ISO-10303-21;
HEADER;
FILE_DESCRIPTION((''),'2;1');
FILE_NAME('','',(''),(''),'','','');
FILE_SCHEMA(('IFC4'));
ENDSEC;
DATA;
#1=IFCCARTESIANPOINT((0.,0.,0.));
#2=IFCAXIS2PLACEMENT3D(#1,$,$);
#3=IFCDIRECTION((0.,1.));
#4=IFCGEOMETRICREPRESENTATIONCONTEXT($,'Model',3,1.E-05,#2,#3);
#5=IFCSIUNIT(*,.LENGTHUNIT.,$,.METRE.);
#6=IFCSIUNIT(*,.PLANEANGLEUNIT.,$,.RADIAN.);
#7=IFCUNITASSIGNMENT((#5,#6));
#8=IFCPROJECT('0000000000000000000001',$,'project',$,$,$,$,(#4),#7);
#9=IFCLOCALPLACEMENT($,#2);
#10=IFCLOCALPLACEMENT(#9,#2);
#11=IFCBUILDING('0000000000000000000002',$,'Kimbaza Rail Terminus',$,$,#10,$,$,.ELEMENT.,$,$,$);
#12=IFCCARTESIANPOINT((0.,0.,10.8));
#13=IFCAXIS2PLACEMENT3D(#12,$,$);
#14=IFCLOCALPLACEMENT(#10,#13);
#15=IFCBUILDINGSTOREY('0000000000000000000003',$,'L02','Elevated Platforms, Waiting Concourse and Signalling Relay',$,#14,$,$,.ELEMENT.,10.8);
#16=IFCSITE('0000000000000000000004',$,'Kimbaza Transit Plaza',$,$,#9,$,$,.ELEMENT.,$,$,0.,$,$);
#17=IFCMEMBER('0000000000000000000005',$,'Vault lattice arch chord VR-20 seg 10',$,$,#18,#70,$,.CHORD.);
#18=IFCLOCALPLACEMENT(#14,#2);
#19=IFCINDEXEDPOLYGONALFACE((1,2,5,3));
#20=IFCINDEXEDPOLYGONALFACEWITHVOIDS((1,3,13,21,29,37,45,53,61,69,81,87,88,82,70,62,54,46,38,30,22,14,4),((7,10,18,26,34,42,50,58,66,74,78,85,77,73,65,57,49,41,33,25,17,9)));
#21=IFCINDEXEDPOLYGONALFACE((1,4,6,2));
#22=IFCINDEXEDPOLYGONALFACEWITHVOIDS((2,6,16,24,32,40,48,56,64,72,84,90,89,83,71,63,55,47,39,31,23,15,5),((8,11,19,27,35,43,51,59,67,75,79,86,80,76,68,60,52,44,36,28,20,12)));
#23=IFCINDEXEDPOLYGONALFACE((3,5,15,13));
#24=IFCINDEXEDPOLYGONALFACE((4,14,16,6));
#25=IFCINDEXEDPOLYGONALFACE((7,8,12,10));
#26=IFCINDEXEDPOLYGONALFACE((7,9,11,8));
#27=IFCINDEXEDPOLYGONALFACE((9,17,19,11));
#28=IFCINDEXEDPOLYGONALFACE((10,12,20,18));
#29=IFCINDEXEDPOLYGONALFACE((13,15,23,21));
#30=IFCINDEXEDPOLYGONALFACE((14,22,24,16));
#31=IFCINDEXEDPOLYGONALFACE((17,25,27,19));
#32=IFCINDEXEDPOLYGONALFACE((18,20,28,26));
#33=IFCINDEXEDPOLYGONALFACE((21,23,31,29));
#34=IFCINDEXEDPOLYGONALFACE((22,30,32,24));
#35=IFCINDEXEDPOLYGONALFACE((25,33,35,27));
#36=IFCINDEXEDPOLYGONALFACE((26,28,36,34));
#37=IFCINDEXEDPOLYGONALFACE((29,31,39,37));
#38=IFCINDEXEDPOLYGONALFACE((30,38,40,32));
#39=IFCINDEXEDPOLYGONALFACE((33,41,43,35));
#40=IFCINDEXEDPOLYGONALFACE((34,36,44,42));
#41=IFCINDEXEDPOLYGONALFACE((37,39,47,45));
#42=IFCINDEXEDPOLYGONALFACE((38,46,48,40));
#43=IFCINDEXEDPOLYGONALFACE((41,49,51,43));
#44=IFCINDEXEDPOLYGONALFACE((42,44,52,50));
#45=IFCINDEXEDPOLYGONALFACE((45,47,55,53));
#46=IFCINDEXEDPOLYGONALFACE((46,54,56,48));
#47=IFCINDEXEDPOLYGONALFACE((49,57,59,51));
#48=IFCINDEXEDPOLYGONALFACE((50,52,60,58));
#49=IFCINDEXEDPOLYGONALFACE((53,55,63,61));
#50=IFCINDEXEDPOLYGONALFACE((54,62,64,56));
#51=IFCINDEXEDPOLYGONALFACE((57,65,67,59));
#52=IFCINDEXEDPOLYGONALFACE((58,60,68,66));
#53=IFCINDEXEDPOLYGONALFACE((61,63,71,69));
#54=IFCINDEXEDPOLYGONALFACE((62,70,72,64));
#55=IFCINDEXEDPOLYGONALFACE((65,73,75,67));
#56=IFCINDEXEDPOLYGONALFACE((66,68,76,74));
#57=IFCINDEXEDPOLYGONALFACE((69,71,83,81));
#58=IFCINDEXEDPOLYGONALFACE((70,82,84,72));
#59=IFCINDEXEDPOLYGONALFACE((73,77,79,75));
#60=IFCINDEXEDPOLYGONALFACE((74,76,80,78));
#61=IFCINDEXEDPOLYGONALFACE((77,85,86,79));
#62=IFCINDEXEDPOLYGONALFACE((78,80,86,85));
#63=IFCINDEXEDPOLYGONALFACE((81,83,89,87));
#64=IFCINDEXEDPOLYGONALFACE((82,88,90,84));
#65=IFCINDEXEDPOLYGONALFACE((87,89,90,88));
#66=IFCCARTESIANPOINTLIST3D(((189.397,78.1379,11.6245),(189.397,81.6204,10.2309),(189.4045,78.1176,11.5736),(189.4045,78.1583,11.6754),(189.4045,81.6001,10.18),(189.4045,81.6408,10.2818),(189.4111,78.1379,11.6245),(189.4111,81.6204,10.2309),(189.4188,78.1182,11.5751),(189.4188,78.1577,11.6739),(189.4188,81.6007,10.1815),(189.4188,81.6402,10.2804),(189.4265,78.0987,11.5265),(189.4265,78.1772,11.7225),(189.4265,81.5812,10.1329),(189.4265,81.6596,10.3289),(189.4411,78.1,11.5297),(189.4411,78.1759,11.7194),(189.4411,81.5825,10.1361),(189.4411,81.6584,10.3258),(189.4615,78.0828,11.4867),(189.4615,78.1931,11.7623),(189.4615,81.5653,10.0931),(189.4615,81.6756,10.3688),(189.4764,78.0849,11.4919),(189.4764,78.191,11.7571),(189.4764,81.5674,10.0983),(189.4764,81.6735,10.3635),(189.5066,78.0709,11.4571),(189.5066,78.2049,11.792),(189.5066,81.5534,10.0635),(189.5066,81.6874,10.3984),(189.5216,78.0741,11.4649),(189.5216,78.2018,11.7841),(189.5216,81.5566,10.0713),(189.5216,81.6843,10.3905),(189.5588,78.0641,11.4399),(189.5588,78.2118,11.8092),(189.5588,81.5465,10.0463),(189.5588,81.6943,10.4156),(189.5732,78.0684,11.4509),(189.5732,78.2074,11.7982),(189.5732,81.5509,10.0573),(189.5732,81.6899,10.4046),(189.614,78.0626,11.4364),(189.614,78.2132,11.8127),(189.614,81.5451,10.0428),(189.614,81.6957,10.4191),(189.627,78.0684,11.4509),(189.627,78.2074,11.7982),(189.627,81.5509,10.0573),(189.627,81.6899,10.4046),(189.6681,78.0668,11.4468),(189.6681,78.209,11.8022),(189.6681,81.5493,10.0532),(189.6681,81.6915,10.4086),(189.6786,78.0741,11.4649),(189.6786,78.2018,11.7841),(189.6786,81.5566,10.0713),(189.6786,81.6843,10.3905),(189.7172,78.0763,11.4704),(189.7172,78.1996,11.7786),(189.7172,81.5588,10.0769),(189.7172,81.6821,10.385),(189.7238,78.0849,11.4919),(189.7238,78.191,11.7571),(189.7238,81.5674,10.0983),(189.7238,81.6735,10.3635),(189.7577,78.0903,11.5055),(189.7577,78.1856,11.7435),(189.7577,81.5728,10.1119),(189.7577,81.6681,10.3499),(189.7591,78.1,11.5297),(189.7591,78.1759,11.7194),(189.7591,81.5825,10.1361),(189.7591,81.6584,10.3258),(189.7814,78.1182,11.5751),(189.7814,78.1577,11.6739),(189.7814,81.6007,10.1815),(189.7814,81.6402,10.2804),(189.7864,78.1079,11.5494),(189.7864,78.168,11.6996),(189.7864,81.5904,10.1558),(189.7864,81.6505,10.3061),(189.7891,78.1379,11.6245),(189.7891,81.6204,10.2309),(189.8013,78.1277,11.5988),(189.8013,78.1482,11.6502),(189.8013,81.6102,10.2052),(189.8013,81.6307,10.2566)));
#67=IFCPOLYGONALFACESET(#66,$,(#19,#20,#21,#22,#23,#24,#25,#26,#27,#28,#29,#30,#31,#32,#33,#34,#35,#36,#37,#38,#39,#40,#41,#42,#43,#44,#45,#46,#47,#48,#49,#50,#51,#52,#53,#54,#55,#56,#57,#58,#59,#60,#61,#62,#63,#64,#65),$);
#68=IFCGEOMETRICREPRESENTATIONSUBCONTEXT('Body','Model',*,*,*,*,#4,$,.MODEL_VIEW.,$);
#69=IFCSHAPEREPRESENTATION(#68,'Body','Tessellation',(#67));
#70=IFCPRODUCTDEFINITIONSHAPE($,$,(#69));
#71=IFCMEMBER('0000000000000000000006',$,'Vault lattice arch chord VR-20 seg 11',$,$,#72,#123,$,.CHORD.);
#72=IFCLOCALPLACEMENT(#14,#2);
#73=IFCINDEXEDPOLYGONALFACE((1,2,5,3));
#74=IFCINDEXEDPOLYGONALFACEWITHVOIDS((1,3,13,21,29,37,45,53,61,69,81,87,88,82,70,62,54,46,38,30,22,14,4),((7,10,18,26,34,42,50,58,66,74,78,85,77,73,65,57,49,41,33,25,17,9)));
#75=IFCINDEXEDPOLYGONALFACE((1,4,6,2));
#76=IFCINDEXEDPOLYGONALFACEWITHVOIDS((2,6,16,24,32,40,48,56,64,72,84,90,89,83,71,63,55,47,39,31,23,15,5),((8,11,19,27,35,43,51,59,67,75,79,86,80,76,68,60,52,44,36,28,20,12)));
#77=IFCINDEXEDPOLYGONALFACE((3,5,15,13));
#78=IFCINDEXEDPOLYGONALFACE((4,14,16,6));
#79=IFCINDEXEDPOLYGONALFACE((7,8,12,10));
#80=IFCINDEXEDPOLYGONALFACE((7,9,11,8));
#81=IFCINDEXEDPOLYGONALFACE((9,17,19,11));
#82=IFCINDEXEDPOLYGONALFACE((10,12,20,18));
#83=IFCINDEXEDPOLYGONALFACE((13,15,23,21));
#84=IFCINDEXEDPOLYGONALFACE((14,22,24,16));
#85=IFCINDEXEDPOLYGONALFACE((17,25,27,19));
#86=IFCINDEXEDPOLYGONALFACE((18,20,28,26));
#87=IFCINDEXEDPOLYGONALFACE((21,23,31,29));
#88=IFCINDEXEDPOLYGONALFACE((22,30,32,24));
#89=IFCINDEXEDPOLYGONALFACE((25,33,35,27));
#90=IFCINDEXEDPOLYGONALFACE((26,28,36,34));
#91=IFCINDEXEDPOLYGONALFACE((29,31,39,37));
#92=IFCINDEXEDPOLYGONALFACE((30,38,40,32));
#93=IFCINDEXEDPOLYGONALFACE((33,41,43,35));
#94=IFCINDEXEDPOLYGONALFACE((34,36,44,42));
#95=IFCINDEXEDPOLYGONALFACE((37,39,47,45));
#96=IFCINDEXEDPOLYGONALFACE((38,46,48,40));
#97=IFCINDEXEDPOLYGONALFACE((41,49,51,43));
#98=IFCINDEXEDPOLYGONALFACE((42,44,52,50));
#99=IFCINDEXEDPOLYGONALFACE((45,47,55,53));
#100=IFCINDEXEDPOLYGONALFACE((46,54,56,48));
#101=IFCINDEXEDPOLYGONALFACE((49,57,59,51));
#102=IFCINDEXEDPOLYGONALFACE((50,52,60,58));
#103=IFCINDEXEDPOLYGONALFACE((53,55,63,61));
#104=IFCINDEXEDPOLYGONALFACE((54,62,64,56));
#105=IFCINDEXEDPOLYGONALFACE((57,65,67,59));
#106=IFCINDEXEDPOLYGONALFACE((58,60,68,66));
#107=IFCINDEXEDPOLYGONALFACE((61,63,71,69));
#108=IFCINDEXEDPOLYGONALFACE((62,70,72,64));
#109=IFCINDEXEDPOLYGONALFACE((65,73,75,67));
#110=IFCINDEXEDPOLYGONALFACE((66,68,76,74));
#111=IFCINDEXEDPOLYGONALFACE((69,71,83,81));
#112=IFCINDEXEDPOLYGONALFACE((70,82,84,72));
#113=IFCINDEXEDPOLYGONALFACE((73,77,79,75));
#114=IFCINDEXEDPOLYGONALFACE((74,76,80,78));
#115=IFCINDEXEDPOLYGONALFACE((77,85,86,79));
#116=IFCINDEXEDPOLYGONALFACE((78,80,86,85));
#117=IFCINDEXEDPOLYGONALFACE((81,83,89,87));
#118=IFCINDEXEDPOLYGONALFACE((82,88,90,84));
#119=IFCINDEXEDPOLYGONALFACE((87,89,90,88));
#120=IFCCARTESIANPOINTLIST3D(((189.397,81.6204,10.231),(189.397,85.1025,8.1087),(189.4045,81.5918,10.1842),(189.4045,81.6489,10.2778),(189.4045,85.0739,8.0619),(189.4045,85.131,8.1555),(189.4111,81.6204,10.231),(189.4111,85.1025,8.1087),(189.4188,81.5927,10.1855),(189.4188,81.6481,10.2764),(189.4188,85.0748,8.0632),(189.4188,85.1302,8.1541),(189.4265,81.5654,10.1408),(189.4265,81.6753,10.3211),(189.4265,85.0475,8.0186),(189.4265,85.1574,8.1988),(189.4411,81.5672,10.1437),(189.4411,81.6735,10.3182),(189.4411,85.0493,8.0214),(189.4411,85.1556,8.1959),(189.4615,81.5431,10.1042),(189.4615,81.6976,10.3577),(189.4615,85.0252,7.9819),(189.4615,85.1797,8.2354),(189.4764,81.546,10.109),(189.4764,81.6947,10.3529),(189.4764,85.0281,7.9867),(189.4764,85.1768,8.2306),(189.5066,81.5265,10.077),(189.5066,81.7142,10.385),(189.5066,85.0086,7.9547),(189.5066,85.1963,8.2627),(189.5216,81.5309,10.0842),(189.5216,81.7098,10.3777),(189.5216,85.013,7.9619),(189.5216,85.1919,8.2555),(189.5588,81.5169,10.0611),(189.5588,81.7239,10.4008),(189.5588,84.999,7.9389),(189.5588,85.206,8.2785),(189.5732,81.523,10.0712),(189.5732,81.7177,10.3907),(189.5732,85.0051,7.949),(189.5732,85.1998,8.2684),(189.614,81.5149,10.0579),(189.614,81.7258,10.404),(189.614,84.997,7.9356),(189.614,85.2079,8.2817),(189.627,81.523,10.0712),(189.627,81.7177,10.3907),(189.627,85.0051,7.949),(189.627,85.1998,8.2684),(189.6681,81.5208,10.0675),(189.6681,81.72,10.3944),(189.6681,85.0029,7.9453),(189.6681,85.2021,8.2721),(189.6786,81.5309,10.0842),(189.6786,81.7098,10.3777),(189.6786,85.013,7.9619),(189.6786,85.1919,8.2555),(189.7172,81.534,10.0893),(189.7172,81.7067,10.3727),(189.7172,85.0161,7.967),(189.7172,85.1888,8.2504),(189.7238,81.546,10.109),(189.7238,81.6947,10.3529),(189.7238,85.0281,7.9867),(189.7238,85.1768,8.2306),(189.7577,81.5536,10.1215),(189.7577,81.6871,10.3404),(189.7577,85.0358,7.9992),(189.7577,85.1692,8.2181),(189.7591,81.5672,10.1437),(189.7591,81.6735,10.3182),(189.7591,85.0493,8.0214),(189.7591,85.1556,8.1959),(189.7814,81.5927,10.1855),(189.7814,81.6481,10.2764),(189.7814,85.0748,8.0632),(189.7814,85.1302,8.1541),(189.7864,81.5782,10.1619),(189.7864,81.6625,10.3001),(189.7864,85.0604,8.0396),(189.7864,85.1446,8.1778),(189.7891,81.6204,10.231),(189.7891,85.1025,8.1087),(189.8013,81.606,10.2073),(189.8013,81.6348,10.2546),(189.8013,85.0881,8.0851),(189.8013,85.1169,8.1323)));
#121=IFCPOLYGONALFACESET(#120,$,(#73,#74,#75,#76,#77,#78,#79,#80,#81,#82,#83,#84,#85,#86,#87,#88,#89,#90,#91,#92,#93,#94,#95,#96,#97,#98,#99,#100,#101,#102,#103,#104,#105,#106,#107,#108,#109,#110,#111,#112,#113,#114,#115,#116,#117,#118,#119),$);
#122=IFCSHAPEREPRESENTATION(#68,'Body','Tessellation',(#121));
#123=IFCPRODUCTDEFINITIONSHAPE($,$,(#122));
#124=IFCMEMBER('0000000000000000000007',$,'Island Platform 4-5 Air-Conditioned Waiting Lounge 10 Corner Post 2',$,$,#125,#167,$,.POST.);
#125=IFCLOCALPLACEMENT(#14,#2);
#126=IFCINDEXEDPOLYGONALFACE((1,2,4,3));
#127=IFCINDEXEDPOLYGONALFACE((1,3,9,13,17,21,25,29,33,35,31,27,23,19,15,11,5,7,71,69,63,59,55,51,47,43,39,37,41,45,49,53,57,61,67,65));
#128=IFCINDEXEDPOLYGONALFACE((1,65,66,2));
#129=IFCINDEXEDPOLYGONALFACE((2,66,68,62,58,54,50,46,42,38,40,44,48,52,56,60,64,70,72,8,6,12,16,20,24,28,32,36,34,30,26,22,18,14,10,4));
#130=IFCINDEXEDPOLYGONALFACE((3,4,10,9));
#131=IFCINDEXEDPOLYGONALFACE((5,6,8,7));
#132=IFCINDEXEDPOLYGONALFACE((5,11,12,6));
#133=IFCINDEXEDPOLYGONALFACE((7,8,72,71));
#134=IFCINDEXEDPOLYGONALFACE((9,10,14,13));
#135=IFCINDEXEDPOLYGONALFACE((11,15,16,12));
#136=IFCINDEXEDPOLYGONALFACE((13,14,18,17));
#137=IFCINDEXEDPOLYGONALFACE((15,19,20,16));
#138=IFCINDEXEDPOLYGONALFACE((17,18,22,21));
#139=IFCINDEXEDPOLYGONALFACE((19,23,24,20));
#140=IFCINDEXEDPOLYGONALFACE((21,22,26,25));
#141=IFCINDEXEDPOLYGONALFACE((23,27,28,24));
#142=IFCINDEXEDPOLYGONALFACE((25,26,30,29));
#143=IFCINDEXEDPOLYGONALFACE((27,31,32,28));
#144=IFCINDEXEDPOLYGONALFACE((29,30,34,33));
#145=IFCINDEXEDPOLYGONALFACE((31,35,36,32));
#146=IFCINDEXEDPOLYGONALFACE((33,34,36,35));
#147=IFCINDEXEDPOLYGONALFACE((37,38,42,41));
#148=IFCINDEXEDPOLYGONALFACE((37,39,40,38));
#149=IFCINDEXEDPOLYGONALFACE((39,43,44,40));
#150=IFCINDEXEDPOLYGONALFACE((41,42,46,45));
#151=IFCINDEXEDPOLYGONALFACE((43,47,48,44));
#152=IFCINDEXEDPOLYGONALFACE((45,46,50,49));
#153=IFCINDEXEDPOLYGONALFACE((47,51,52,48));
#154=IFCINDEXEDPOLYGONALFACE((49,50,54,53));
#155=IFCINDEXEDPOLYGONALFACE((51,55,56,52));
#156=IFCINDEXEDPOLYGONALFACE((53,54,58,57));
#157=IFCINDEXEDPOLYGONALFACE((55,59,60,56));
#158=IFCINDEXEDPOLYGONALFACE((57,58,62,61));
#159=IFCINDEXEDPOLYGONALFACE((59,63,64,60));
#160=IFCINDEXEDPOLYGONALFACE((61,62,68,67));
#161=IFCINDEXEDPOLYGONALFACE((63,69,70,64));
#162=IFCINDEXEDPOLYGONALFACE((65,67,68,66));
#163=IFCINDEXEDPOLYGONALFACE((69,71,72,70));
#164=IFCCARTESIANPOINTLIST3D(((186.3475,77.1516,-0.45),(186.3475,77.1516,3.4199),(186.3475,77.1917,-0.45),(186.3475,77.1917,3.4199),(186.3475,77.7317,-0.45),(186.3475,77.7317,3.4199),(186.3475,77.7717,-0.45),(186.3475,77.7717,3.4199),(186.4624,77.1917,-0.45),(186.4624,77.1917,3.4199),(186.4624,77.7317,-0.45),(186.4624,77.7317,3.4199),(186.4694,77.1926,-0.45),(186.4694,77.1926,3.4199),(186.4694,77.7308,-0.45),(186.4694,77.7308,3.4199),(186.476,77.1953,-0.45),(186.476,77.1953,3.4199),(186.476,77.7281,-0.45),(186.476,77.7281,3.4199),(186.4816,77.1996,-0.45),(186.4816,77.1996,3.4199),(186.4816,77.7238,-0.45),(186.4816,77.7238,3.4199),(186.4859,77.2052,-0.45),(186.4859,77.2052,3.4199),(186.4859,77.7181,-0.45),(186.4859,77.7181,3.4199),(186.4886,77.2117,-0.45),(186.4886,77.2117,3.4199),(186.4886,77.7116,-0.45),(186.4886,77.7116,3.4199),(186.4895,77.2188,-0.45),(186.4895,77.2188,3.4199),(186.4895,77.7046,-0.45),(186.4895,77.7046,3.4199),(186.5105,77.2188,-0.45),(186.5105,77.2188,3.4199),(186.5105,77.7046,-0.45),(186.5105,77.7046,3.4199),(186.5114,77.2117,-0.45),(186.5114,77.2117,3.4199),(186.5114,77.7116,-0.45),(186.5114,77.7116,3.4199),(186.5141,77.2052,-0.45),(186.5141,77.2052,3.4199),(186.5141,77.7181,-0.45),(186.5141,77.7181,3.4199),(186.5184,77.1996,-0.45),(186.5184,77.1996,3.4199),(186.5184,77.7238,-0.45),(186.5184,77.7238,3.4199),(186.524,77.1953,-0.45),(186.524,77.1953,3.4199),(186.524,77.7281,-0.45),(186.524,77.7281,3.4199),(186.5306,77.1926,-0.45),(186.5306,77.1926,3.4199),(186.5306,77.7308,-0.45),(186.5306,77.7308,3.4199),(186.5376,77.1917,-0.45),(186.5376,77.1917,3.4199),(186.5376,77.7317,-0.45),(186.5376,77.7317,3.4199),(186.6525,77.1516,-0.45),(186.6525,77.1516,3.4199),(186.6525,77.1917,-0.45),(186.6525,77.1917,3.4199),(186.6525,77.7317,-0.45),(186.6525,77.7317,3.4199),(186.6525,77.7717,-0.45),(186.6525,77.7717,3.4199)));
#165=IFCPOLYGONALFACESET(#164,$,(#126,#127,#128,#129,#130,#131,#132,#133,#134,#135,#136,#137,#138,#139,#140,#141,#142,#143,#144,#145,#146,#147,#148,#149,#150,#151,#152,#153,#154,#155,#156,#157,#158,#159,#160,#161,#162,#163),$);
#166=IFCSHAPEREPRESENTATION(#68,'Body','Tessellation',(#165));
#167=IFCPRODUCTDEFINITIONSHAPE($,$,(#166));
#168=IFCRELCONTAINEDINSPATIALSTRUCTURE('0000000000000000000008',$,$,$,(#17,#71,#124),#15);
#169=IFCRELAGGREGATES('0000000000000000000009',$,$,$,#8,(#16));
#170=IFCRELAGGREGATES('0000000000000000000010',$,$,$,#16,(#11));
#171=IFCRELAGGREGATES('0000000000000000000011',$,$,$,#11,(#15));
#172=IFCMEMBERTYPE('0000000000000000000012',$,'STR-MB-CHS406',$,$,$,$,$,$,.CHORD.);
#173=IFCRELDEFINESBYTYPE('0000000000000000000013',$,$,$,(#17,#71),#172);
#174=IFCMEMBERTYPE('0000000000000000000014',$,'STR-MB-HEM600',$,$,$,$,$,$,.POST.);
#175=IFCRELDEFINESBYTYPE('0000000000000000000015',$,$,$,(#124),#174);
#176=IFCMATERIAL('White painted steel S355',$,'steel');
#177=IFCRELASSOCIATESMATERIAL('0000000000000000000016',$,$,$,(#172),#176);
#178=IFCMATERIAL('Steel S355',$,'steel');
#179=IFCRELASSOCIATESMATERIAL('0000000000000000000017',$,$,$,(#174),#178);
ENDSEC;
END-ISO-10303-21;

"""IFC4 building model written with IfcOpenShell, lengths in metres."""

from ifc_helpers import new_model, si_unit, direction, frame, origin, origin_2d, place, context, subcontext, project, spatial, hollow_circle, i_section, extrude, material, material_profile, profile_set, type_object, element, save


model = new_model("IFC4")

# Units and contexts
model_context = context("Model", 3, precision=1e-05, world=origin(), true_north=direction((0.0, 1.0)))
body_context = subcontext(model_context, "Body", "Model", "MODEL_VIEW")
ifc_project = project(units=[si_unit("LENGTHUNIT", "METRE"), si_unit("PLANEANGLEUNIT", "RADIAN")], contexts=[model_context])

# Site, building, storey
site_placement = place(None, origin())
site = spatial("IfcSite", under=ifc_project, at=site_placement, Name="Kimbaza Transit Plaza", CompositionType="ELEMENT", RefElevation=0.0)
building_placement = place(site_placement, origin())
building = spatial("IfcBuilding", under=site, at=building_placement, Name="Kimbaza Rail Terminus", CompositionType="ELEMENT")
storey_placement = place(building_placement, frame((0.0, 0.0, 10.8)))
storey = spatial("IfcBuildingStorey", under=building, at=storey_placement, Name="L02", Description="Elevated Platforms, Waiting Concourse and Signalling Relay", CompositionType="ELEMENT", Elevation=10.8)

# Members
ifc_material_1 = material(Name="White painted steel S355", Category="steel")
ifc_material_profile_1 = material_profile(ifc_material_1, hollow_circle(Radius=0.2031, WallThickness=0.0142, at=origin_2d()), Name="CHS 406.4x14.2")
ifc_profile_set_1 = profile_set([ifc_material_profile_1], Name="White painted steel S355")
member_type_1 = type_object("IfcMemberType", Name="STR-MB-CHS406", PredefinedType="CHORD", material=ifc_profile_set_1)
member_1_placement = place(storey_placement, frame((189.6001, 78.1379, 11.6245), z_axis=(0.0, 0.928423, -0.371525), x_axis=(-1.0, 0.0, 0.0)))
element("IfcMember", 1, at=member_1_placement, inside=storey, type_object=member_type_1, Name="Vault lattice arch chord VR-20 seg 10", PredefinedType="CHORD", context=body_context, shape_type="SweptSolid", body=[
    extrude(hollow_circle(Radius=0.2031, WallThickness=0.0142, at=origin_2d()), origin(), (0.0, 0.0, 1.0), 3.751),
])
member_2_placement = place(storey_placement, frame((189.6001, 81.6204, 10.231), z_axis=(0.0, 0.853901, -0.520435), x_axis=(-1.0, 0.0, 0.0)))
element("IfcMember", 2, at=member_2_placement, inside=storey, type_object=member_type_1, Name="Vault lattice arch chord VR-20 seg 11", PredefinedType="CHORD", context=body_context, shape_type="SweptSolid", body=[
    extrude(hollow_circle(Radius=0.2031, WallThickness=0.0142, at=origin_2d()), origin(), (0.0, 0.0, 1.0), 4.0779),
])
ifc_material_2 = material(Name="Steel S355", Category="steel")
ifc_material_profile_2 = material_profile(ifc_material_2, i_section(OverallWidth=0.3049, OverallDepth=0.6201, WebThickness=0.021, FlangeThickness=0.04, FilletRadius=0.0271, at=origin_2d()), Name="HEM 600")
ifc_profile_set_2 = profile_set([ifc_material_profile_2], Name="Steel S355")
member_type_2 = type_object("IfcMemberType", Name="STR-MB-HEM600", PredefinedType="POST", material=ifc_profile_set_2)
for number, where, z_axis, x_axis, name in (
    (3, (186.5, 77.4617, -0.45), (0.0, 0.0, 1.0), (1.0, 0.0, 0.0), "Island Platform 4-5 Air-Conditioned Waiting Lounge 10 Corner Post 2"),
):
    element("IfcMember", number, at=place(storey_placement, frame(where, z_axis=z_axis, x_axis=x_axis)), inside=storey, type_object=member_type_2, Name=name, PredefinedType="POST", context=body_context, shape_type="SweptSolid", body=[
        extrude(i_section(OverallWidth=0.3049, OverallDepth=0.6201, WebThickness=0.021, FlangeThickness=0.04, FilletRadius=0.0271, at=origin_2d()), origin(), (0.0, 0.0, 1.0), 3.8699),
    ])

save(model, "model.ifc")
